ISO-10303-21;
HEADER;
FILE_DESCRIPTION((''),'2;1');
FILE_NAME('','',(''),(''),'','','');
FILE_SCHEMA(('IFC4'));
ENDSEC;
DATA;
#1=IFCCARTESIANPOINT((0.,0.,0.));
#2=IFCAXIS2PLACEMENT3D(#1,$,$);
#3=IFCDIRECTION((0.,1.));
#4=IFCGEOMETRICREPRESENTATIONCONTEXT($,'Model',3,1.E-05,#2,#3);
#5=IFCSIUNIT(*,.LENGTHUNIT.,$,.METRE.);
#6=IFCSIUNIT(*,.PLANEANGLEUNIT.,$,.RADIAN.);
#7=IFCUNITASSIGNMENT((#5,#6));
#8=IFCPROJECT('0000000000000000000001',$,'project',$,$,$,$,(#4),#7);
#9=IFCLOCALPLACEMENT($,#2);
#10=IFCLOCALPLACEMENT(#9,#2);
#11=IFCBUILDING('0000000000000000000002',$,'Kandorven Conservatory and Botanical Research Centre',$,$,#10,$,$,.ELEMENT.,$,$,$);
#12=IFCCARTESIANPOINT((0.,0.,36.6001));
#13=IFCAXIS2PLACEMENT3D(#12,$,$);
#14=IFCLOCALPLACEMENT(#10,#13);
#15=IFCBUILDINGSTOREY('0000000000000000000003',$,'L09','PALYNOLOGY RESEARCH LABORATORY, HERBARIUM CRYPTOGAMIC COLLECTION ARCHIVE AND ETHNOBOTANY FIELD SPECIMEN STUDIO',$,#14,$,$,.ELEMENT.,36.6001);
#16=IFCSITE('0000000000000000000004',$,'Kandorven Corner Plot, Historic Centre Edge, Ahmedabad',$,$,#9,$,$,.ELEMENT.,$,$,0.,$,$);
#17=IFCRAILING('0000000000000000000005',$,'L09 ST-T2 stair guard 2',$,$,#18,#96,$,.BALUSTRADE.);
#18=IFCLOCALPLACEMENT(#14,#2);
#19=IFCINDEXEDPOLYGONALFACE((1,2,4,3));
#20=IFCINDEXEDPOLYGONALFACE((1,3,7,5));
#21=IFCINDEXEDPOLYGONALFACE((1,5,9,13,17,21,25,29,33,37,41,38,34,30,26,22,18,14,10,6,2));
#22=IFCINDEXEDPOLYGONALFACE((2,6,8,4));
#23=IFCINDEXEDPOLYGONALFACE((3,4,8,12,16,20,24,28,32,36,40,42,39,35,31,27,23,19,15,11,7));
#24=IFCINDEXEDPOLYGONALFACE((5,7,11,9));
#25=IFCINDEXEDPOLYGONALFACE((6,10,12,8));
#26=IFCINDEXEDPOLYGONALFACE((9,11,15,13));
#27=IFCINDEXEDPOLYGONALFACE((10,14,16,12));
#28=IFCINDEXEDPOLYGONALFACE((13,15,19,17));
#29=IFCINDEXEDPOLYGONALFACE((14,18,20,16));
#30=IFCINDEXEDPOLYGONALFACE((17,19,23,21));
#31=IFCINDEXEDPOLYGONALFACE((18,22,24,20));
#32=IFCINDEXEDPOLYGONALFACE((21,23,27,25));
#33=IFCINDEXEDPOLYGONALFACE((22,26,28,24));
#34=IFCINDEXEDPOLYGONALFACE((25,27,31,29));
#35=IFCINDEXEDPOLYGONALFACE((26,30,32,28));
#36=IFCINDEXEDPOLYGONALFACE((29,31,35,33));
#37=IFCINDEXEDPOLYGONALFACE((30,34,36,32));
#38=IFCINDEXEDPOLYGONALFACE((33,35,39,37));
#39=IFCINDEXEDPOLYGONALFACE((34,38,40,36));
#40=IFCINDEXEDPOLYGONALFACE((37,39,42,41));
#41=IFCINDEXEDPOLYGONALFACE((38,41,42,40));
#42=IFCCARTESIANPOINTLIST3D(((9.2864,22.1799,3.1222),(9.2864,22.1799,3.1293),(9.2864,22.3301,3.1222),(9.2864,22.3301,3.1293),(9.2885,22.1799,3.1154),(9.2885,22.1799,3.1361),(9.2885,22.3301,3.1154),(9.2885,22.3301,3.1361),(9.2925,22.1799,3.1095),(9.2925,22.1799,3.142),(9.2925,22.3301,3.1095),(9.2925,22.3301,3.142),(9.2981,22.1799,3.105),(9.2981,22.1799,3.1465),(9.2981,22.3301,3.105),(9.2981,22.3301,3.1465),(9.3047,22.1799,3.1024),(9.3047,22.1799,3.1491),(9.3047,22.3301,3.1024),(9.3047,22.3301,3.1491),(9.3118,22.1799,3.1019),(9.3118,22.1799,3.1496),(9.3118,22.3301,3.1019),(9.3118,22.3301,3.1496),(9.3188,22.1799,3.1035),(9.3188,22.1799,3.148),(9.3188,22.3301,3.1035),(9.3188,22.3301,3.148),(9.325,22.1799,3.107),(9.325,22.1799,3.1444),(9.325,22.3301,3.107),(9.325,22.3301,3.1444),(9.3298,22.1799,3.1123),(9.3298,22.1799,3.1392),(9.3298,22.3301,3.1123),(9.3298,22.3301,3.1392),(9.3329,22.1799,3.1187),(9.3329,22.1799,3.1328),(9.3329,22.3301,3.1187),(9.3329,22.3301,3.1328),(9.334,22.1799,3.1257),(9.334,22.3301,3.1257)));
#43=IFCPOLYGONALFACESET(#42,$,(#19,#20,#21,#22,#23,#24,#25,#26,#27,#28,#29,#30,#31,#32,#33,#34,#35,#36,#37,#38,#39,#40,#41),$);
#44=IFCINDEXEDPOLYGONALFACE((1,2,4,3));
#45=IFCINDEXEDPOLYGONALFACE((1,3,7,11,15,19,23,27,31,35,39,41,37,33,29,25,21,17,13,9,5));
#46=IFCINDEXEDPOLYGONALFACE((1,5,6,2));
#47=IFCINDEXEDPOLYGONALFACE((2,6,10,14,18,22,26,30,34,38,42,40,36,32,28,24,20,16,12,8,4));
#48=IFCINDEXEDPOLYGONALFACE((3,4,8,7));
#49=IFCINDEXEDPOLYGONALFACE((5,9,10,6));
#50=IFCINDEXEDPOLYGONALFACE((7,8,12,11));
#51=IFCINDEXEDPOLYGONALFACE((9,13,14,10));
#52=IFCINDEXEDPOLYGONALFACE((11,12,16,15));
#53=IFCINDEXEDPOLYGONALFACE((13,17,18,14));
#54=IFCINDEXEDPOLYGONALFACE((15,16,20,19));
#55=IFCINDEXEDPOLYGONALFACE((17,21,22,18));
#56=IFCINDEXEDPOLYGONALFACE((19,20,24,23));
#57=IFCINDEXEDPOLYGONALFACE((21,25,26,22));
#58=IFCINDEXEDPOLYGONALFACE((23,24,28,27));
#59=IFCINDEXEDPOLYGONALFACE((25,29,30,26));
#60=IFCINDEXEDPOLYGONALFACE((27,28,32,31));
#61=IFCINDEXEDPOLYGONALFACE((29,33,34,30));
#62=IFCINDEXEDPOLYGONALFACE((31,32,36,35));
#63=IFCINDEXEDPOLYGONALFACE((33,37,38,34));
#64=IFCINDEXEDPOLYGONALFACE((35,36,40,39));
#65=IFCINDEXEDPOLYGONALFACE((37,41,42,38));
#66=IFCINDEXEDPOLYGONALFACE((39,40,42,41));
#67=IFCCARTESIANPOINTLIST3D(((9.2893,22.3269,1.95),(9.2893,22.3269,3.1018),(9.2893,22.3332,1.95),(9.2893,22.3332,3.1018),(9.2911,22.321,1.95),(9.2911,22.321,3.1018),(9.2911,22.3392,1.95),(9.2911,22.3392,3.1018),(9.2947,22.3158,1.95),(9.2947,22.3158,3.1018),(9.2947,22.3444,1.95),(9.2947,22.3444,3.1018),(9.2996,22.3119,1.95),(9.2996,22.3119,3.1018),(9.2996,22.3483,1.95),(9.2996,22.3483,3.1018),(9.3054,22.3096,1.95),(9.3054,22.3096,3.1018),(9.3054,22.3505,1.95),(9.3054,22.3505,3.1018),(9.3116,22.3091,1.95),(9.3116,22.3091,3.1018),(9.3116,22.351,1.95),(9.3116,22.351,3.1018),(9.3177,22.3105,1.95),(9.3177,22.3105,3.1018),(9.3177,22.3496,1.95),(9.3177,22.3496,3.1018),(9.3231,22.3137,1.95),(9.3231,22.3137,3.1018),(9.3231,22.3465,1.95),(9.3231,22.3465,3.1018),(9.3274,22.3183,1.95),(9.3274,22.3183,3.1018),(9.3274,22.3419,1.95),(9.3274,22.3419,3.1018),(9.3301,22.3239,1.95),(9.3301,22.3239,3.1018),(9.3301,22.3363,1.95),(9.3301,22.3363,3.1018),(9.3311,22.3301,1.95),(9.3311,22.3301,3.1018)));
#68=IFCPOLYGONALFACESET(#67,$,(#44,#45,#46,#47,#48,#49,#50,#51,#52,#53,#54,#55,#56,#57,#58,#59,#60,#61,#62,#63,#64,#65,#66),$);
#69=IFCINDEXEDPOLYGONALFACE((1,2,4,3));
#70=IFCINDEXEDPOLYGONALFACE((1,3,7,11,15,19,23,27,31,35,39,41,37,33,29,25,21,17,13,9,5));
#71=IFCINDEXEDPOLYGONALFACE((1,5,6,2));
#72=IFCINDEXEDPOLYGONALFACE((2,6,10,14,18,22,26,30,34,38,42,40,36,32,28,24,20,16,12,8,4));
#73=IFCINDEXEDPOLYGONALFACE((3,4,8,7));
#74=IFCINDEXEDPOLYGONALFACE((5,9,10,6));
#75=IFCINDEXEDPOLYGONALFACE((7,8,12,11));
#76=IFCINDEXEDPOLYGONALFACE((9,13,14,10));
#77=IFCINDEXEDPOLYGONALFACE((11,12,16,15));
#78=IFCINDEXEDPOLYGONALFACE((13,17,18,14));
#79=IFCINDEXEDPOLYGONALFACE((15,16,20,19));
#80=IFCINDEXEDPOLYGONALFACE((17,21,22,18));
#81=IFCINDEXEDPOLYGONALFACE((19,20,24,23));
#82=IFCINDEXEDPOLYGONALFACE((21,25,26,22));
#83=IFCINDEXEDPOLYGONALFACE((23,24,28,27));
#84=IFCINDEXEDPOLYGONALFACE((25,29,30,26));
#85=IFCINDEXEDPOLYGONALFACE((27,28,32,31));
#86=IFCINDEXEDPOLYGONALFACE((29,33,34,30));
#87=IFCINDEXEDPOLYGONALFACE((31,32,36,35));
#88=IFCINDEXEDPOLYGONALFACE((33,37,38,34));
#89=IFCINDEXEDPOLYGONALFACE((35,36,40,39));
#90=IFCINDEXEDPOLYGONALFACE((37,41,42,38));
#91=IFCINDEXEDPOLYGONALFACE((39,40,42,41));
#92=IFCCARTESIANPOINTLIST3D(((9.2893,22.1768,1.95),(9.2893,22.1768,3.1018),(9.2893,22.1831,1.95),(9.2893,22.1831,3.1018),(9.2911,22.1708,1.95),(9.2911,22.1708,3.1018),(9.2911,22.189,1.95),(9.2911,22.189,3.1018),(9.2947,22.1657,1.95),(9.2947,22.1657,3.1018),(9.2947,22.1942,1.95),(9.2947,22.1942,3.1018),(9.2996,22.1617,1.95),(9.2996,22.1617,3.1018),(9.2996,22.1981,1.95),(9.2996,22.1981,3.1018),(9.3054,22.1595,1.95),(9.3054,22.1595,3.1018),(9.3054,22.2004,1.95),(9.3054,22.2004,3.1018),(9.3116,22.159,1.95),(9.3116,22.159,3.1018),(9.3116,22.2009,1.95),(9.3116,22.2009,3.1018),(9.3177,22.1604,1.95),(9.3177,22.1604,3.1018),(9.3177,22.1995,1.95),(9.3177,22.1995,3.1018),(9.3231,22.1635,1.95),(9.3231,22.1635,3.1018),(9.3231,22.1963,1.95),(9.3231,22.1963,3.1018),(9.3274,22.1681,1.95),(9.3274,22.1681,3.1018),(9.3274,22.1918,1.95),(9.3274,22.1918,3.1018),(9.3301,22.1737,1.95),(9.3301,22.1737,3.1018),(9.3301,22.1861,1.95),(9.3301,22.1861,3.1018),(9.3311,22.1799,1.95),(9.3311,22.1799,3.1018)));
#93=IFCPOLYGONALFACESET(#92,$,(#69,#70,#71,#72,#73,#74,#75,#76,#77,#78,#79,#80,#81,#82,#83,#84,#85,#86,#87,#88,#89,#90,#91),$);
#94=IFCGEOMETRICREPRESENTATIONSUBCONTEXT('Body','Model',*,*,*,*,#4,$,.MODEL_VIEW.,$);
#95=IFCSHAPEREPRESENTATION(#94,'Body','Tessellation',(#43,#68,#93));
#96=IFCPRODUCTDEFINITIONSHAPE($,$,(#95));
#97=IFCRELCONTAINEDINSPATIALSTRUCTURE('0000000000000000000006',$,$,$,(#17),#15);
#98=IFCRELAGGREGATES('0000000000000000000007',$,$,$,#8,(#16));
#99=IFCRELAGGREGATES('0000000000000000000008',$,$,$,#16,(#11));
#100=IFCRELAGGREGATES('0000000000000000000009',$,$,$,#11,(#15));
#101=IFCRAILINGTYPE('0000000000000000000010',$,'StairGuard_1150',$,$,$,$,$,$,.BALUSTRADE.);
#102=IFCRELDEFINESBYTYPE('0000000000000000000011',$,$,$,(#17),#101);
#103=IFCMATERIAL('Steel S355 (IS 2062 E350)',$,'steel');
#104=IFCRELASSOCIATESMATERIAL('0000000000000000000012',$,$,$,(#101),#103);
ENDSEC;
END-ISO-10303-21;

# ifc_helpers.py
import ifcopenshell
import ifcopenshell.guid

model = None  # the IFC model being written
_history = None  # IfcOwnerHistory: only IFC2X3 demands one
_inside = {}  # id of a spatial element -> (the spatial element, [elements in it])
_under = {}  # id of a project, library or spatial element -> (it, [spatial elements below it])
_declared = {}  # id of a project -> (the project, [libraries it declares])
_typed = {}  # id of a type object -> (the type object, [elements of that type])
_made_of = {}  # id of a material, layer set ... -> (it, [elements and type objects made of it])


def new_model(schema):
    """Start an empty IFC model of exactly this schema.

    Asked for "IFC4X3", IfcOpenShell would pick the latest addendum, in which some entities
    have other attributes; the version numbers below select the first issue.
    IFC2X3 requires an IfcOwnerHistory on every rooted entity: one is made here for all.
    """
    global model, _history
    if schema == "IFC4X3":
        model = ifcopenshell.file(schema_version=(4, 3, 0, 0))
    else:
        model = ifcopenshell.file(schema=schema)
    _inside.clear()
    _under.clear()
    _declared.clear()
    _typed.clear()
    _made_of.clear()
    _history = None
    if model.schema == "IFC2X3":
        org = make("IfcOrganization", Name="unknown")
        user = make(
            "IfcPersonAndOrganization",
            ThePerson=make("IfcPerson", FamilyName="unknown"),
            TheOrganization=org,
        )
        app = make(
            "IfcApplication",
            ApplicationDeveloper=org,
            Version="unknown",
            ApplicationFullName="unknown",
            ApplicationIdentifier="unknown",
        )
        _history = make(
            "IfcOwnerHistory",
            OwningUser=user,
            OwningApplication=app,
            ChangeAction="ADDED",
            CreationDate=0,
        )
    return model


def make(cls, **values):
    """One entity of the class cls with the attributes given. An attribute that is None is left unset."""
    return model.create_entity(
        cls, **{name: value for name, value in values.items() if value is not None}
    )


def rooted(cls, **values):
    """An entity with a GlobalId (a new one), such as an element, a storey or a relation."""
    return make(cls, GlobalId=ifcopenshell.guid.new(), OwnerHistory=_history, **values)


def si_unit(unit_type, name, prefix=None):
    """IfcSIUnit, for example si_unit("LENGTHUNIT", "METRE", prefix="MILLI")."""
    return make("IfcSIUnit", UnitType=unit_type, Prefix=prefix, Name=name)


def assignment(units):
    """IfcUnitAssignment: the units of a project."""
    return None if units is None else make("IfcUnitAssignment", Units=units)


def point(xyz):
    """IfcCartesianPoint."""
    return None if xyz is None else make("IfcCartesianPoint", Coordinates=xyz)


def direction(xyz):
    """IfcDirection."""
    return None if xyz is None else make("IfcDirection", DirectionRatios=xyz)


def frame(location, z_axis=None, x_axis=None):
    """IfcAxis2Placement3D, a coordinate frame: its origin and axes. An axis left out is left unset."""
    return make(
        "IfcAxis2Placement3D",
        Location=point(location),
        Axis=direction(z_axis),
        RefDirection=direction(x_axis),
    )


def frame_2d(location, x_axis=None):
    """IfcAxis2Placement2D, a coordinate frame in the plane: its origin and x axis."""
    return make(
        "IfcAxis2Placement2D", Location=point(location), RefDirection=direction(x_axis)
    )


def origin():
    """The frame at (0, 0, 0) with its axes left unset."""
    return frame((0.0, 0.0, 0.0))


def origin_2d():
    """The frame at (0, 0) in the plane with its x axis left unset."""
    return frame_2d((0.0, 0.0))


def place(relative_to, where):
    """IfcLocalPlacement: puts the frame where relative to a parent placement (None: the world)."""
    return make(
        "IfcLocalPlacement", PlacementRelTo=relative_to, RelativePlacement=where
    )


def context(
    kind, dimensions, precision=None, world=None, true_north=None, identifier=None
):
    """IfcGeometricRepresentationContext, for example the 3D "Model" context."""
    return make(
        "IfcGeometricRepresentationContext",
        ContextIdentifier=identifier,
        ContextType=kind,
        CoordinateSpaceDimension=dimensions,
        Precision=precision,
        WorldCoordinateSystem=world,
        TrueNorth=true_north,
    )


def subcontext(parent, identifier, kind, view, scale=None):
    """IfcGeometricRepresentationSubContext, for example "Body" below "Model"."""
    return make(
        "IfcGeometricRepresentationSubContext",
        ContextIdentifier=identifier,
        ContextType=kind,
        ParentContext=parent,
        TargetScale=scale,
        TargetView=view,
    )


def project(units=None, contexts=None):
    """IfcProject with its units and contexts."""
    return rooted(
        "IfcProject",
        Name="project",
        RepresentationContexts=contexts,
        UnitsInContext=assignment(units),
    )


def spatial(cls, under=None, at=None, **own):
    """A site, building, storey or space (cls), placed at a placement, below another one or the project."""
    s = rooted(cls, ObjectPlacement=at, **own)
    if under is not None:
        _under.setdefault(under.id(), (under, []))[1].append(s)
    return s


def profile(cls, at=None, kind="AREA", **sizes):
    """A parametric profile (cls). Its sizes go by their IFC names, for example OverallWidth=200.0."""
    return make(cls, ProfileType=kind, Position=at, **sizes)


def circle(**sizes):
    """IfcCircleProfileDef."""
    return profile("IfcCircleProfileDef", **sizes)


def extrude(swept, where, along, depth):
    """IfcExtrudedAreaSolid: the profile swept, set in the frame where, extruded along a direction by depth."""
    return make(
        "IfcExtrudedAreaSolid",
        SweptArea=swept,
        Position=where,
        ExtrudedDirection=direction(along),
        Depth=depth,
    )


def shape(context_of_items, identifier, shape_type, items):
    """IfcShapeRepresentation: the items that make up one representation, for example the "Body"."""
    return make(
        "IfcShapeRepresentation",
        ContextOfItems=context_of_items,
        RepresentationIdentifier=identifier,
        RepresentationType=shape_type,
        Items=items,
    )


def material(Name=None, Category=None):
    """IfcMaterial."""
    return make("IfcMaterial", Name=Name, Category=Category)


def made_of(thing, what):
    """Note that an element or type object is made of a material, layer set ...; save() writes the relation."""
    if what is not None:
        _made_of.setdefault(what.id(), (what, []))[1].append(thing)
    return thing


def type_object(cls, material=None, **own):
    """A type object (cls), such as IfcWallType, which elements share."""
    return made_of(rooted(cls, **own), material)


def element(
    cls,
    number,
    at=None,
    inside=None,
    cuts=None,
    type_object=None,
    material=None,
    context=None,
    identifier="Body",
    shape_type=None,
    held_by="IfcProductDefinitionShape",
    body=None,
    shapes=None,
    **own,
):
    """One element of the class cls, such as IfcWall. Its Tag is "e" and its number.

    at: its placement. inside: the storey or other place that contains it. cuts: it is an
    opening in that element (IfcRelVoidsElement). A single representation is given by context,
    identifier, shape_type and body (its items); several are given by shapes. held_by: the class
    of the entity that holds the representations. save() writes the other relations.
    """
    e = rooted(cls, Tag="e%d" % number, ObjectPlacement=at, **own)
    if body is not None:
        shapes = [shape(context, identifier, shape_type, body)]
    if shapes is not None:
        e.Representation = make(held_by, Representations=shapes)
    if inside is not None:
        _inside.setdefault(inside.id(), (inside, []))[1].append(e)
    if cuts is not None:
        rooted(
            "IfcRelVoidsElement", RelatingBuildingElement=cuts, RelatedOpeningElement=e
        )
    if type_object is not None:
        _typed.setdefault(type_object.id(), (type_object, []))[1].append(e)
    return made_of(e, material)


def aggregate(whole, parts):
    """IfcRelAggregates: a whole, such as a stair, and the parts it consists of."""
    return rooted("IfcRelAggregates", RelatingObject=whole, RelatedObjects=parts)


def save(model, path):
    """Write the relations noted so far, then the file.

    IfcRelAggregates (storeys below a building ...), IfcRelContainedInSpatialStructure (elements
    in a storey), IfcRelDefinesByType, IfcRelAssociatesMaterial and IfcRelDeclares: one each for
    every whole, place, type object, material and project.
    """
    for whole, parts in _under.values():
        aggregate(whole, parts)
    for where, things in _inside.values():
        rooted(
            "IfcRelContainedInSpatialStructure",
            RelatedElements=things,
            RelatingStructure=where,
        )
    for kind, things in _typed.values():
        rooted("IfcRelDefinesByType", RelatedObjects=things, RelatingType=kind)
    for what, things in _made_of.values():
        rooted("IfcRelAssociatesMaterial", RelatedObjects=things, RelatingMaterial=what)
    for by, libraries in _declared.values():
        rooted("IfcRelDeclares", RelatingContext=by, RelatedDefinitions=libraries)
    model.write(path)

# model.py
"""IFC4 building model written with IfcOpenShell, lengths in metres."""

from ifc_helpers import new_model, si_unit, direction, frame, origin, origin_2d, place, context, subcontext, project, spatial, circle, extrude, material, type_object, element, save


model = new_model("IFC4")

# Units and contexts
model_context = context("Model", 3, precision=1e-05, world=origin(), true_north=direction((0.0, 1.0)))
body_context = subcontext(model_context, "Body", "Model", "MODEL_VIEW")
ifc_project = project(units=[si_unit("LENGTHUNIT", "METRE"), si_unit("PLANEANGLEUNIT", "RADIAN")], contexts=[model_context])

# Site, building, storey
site_placement = place(None, origin())
site = spatial("IfcSite", under=ifc_project, at=site_placement, Name="Kandorven Corner Plot, Historic Centre Edge, Ahmedabad", CompositionType="ELEMENT", RefElevation=0.0)
building_placement = place(site_placement, origin())
building = spatial("IfcBuilding", under=site, at=building_placement, Name="Kandorven Conservatory and Botanical Research Centre", CompositionType="ELEMENT")
storey_placement = place(building_placement, frame((0.0, 0.0, 36.6001)))
storey = spatial("IfcBuildingStorey", under=building, at=storey_placement, Name="L09", Description="PALYNOLOGY RESEARCH LABORATORY, HERBARIUM CRYPTOGAMIC COLLECTION ARCHIVE AND ETHNOBOTANY FIELD SPECIMEN STUDIO", CompositionType="ELEMENT", Elevation=36.6001)

# Railing
ifc_material_1 = material(Name="Steel S355 (IS 2062 E350)", Category="steel")
railing_type_1 = type_object("IfcRailingType", Name="StairGuard_1150", PredefinedType="BALUSTRADE", material=ifc_material_1)
railing_1_placement = place(storey_placement, frame((9.3101, 22.3301, 1.95)))
element("IfcRailing", 1, at=railing_1_placement, inside=storey, type_object=railing_type_1, Name="L09 ST-T2 stair guard 2", PredefinedType="BALUSTRADE", context=body_context, shape_type="SweptSolid", body=[
    extrude(circle(Radius=0.0239, at=origin_2d()), frame((0.0, 0.0, 1.1758), z_axis=(0.0, -1.0, 0.0), x_axis=(1.0, 0.0, 0.0)), (0.0, 0.0, 1.0), 0.1501),
    extrude(circle(Radius=0.021, at=origin_2d()), origin(), (0.0, 0.0, 1.0), 1.1519),
    extrude(circle(Radius=0.021, at=origin_2d()), frame((0.0, -0.1501, 0.0)), (0.0, 0.0, 1.0), 1.1519),
])

save(model, "model.ifc")
